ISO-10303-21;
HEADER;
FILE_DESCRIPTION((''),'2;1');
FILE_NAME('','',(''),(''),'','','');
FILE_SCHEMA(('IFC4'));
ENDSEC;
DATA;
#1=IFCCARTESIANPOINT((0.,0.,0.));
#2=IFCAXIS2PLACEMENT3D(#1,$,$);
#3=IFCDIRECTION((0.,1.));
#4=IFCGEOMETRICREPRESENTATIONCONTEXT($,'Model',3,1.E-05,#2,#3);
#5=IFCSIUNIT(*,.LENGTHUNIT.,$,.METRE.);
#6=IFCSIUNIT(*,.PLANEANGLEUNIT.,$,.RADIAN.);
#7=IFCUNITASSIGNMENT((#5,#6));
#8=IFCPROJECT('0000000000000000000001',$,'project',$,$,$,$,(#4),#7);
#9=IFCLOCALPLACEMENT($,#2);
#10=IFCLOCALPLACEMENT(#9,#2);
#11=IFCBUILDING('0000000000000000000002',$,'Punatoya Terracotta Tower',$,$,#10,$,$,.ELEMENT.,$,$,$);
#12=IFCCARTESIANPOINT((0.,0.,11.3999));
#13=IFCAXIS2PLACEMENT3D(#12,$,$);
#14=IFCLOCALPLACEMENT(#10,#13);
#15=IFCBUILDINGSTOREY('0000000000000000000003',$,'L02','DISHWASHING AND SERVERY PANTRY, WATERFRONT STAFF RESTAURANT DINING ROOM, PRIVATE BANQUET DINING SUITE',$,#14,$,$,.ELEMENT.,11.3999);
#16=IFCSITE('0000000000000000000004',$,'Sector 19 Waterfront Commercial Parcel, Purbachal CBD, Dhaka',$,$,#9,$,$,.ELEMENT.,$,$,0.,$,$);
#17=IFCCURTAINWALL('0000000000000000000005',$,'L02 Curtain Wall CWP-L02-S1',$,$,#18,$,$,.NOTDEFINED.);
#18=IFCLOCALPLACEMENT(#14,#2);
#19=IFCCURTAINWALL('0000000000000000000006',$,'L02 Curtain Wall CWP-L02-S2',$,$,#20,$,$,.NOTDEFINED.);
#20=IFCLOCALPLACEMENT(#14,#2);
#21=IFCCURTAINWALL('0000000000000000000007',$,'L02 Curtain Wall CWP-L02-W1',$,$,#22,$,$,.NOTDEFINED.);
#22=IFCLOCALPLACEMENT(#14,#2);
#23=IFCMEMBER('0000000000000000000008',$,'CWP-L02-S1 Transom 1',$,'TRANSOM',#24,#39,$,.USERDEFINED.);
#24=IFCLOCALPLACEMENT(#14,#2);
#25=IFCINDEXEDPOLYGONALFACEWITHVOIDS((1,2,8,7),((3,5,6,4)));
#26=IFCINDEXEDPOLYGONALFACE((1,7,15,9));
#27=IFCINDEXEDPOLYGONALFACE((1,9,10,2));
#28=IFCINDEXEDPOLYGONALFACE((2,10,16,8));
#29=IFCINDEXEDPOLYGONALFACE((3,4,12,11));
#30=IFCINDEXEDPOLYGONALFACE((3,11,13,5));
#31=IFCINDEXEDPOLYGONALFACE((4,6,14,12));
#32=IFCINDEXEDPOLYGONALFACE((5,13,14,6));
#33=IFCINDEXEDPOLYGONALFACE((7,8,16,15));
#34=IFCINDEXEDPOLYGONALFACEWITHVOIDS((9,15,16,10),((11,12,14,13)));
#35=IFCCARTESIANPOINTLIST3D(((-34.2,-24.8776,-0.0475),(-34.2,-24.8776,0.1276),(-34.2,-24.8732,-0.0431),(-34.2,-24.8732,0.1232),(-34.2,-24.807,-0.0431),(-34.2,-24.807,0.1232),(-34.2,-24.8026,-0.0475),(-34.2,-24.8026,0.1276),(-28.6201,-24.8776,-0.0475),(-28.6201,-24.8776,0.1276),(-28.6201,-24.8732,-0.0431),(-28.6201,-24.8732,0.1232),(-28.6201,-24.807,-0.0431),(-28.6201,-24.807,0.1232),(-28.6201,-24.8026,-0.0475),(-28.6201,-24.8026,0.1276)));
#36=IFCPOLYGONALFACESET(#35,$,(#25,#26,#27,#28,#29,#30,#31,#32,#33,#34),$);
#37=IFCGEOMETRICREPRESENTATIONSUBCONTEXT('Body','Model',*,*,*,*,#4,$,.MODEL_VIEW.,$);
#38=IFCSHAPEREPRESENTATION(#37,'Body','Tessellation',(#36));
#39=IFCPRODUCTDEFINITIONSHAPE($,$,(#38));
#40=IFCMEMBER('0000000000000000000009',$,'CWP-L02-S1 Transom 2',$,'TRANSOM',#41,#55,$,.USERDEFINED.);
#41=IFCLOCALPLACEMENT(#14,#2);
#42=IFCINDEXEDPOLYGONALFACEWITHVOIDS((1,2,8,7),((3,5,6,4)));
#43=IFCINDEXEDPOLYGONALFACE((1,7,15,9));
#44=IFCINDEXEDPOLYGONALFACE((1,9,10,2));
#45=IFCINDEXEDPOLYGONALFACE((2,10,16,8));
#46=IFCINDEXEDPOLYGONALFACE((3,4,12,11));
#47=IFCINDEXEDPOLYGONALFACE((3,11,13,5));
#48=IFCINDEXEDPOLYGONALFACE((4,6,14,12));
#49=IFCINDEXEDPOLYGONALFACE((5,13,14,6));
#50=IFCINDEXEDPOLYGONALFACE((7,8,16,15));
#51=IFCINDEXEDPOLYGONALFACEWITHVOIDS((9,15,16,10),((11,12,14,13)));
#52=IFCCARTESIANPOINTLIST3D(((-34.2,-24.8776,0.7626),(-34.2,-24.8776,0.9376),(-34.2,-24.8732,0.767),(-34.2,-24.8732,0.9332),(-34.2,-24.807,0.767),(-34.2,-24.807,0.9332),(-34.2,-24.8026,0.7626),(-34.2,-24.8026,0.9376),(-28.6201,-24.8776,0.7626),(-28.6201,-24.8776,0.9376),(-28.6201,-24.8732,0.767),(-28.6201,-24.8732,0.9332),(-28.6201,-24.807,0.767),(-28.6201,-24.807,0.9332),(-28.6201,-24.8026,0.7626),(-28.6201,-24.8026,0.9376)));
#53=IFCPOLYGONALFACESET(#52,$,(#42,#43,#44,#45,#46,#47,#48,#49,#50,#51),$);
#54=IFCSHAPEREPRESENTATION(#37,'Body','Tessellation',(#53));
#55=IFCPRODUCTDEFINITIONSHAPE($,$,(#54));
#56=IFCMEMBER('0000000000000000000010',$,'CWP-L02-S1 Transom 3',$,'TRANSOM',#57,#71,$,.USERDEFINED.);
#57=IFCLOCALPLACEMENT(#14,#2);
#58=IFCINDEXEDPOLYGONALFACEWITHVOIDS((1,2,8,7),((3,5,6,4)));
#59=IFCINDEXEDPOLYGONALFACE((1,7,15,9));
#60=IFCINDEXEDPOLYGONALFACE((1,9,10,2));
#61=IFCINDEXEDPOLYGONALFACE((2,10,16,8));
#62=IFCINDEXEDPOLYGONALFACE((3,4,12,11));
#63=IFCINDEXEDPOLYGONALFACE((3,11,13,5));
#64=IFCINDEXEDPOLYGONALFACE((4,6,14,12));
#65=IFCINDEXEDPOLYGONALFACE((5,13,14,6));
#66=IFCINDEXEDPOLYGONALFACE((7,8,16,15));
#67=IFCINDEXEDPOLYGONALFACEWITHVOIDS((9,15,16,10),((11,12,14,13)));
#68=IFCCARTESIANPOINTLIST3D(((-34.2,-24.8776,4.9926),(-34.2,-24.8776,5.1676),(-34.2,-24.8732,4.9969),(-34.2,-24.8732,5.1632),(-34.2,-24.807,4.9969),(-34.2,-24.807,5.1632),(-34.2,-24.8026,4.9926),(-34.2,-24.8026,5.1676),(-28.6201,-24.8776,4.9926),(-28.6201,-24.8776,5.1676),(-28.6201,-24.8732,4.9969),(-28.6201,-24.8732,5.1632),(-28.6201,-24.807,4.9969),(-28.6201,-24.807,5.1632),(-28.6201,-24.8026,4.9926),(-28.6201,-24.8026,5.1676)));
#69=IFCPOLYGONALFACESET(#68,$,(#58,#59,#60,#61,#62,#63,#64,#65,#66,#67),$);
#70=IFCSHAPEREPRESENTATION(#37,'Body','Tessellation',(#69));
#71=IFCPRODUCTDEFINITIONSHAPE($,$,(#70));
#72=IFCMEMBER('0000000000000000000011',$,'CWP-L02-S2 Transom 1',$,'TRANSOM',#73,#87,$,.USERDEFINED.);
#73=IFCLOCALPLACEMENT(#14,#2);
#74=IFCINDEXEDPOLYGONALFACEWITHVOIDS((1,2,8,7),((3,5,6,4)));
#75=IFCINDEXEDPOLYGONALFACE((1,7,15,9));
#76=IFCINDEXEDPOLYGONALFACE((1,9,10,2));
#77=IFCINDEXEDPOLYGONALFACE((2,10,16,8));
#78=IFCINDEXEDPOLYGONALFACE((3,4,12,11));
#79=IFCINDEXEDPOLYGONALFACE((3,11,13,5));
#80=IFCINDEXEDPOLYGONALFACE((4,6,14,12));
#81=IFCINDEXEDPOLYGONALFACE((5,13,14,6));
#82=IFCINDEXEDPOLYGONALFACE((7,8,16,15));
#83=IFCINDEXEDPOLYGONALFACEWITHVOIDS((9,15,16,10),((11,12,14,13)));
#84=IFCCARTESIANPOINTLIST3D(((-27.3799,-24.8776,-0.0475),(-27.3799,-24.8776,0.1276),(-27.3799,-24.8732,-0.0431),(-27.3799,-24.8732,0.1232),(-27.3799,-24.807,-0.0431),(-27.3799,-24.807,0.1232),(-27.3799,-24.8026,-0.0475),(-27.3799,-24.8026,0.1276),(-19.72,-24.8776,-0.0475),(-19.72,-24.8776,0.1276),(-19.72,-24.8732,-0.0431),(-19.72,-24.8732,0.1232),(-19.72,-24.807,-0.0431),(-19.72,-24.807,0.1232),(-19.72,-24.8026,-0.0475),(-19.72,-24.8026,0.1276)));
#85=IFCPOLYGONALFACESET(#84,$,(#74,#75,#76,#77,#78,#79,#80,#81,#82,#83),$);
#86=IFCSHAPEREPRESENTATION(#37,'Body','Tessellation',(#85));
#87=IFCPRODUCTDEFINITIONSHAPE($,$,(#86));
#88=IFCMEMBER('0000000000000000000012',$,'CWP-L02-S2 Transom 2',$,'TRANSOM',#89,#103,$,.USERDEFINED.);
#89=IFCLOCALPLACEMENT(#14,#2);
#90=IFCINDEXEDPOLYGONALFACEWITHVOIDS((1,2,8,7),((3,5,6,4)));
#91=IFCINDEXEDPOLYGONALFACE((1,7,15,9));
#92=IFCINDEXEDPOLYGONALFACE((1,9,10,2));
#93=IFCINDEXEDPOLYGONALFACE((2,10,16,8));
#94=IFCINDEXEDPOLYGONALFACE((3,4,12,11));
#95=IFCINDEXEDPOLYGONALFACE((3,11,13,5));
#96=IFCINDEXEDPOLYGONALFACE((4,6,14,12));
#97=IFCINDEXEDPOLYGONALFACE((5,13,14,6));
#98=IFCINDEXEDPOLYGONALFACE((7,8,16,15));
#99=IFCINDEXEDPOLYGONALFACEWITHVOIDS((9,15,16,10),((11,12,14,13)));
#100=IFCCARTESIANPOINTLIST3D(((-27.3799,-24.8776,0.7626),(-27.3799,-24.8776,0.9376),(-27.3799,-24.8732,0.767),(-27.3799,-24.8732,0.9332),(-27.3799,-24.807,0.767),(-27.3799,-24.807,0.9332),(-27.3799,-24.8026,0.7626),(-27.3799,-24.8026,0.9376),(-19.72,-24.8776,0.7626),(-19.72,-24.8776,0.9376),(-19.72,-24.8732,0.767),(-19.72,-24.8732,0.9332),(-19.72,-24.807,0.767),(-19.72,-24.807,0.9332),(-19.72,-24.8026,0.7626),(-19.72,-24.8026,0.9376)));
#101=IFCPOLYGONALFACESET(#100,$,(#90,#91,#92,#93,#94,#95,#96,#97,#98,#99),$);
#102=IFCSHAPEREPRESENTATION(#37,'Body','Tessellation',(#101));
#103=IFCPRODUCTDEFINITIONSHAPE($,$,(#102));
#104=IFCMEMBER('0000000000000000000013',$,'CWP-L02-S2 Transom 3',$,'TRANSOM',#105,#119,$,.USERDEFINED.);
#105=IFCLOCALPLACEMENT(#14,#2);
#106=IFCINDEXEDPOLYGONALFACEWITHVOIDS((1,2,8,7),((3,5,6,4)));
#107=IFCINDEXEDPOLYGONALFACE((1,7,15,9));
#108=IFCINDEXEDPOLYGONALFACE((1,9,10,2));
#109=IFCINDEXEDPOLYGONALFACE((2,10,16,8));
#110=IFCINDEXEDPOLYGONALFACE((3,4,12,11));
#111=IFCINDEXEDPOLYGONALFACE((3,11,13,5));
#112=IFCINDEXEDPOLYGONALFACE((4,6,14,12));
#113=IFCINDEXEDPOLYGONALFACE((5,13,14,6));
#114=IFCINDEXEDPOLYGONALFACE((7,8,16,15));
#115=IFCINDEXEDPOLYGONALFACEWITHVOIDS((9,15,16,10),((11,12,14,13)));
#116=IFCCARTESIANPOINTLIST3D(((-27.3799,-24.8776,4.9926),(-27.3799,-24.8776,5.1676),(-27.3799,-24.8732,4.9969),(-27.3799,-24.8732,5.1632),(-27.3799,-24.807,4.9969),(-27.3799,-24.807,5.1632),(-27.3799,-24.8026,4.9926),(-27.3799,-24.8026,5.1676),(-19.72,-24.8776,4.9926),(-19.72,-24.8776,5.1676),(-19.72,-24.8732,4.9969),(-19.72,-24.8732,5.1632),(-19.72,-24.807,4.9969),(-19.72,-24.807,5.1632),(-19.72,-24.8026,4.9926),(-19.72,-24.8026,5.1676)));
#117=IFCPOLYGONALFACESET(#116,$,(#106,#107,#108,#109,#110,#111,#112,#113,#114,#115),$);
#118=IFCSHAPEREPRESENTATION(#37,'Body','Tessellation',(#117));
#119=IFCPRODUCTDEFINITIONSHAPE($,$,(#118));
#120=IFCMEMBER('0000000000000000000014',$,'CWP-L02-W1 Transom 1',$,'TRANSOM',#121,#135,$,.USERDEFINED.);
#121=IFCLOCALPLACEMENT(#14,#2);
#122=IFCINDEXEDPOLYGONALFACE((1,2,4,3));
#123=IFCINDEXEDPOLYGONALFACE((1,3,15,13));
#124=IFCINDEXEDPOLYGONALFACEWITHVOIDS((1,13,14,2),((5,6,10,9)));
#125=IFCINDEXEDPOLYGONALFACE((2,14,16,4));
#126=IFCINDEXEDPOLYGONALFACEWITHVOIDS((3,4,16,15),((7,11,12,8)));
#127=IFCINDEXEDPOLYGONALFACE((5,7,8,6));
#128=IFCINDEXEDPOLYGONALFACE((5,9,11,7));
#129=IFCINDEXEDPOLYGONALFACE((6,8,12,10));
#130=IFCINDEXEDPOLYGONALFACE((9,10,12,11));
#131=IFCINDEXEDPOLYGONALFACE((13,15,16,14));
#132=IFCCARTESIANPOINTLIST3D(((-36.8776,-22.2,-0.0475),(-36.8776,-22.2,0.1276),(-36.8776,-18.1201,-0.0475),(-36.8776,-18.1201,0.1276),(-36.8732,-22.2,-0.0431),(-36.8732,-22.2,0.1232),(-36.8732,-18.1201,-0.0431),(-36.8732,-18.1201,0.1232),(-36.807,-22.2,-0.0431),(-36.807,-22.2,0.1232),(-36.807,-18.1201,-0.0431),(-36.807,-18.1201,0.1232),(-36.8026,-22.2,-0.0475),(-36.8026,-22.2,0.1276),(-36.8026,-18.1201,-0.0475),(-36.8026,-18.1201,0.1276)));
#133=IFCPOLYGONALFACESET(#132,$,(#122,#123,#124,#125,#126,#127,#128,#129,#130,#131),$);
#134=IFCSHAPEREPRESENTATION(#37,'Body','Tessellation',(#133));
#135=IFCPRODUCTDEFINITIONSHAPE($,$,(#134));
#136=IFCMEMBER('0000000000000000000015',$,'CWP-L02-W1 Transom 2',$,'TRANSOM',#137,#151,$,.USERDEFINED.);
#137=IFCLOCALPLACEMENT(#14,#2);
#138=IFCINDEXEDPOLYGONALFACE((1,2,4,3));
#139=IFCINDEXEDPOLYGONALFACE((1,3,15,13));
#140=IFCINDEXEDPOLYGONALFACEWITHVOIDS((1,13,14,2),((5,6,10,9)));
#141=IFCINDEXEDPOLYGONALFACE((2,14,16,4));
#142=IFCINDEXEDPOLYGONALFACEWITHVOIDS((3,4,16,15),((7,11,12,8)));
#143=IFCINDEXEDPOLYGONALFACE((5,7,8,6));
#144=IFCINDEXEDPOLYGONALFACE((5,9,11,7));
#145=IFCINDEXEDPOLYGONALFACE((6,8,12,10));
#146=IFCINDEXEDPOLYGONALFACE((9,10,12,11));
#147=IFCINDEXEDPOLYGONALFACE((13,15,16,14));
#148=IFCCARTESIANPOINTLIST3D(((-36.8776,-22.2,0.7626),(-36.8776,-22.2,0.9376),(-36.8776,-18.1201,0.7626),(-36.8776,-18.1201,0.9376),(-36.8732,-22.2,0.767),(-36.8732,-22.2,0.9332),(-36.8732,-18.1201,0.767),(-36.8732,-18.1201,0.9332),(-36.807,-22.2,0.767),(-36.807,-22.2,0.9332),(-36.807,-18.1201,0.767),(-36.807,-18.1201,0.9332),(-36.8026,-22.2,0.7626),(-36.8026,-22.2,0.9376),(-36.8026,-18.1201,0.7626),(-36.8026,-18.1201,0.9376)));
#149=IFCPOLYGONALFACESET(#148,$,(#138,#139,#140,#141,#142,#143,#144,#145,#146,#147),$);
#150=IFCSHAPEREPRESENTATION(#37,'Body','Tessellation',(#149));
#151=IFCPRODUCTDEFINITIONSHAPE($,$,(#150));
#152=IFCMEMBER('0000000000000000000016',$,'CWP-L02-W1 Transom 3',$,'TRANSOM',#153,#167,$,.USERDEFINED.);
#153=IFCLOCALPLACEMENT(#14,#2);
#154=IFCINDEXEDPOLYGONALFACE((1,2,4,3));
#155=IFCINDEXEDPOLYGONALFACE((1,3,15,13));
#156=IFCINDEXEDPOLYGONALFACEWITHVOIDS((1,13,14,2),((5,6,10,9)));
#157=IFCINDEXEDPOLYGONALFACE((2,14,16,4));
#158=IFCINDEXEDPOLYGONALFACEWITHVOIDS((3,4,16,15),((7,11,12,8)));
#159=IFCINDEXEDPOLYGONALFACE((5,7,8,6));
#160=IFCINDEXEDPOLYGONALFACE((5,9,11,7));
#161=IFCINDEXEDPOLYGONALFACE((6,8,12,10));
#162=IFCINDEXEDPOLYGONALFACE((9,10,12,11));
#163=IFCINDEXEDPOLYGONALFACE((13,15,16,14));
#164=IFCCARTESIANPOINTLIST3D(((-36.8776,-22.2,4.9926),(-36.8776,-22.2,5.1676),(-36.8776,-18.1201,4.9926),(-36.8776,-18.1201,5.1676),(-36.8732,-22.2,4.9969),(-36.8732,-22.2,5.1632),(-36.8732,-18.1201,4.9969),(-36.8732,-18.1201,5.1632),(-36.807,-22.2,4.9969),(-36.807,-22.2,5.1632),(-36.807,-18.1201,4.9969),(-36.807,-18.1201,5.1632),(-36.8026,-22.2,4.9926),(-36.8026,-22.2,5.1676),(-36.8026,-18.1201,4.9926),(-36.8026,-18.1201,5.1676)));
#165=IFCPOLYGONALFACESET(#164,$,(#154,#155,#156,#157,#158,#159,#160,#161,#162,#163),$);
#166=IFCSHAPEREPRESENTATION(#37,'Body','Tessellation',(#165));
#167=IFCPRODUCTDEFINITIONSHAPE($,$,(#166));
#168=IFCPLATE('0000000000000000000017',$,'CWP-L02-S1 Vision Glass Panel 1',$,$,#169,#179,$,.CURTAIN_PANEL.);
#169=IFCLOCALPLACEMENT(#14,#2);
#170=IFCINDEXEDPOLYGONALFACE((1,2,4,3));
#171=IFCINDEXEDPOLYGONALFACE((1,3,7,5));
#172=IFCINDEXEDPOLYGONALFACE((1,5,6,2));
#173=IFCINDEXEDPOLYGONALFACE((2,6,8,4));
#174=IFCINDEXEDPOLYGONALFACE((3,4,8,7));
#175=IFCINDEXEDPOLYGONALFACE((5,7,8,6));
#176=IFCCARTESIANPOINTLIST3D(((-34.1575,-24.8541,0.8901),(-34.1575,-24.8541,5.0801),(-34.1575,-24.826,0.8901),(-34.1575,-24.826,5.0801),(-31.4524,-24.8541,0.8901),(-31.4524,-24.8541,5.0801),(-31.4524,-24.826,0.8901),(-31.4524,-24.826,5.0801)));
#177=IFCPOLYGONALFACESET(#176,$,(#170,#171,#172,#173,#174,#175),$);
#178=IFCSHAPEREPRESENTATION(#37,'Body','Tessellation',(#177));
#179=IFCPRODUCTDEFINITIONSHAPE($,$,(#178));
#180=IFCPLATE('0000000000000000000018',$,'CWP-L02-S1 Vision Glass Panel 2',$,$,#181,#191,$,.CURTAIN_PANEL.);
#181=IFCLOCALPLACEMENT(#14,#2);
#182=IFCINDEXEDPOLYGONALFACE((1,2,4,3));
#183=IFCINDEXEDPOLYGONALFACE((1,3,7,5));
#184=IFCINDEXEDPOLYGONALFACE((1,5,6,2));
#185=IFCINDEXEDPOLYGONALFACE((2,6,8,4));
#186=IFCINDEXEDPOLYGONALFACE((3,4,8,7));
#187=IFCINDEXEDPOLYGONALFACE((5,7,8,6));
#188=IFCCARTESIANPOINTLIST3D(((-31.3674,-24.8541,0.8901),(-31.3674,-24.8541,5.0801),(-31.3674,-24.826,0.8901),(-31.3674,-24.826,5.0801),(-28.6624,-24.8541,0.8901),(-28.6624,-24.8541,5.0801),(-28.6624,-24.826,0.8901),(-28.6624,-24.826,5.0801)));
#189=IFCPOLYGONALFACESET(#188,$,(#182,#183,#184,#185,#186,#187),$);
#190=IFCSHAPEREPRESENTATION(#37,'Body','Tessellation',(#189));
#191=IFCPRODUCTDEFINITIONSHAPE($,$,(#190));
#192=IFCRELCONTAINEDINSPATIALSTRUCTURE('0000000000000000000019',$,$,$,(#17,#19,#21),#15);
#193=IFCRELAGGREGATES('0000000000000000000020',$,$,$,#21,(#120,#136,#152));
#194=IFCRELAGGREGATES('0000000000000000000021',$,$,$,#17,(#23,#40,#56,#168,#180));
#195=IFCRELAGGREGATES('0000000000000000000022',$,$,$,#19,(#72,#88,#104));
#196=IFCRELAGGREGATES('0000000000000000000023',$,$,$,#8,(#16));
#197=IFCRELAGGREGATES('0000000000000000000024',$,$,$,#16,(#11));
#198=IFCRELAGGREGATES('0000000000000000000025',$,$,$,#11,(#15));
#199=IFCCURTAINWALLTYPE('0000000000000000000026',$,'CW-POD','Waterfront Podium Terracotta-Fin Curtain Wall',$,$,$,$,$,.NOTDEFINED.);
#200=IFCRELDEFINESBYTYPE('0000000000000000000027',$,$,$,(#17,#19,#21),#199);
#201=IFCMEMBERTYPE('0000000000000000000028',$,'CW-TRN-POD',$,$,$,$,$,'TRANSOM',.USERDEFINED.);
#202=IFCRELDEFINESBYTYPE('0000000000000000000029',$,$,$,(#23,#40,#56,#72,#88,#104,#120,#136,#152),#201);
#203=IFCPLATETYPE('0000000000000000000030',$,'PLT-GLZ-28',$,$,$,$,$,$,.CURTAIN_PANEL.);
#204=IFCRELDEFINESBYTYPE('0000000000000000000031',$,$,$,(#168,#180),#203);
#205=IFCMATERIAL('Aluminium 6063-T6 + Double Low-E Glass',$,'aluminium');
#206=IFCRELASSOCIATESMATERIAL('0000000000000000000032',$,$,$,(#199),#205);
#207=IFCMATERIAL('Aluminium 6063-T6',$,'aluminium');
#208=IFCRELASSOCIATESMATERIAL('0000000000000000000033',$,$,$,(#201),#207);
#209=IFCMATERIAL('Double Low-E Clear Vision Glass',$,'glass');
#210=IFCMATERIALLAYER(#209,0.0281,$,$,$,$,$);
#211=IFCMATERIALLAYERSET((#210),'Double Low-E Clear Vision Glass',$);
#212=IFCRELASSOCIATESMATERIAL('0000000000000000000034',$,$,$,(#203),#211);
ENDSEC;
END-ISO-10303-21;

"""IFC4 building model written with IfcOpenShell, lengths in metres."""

from ifc_helpers import new_model, si_unit, direction, frame, origin, origin_2d, place, context, subcontext, project, spatial, rectangle, hollow_rectangle, extrude, material, layer, layer_set, material_profile, profile_set, type_object, element, aggregate, save


model = new_model("IFC4")

# Units and contexts
model_context = context("Model", 3, precision=1e-05, world=origin(), true_north=direction((0.0, 1.0)))
body_context = subcontext(model_context, "Body", "Model", "MODEL_VIEW")
ifc_project = project(units=[si_unit("LENGTHUNIT", "METRE"), si_unit("PLANEANGLEUNIT", "RADIAN")], contexts=[model_context])

# Site, building, storey
site_placement = place(None, origin())
site = spatial("IfcSite", under=ifc_project, at=site_placement, Name="Sector 19 Waterfront Commercial Parcel, Purbachal CBD, Dhaka", CompositionType="ELEMENT", RefElevation=0.0)
building_placement = place(site_placement, origin())
building = spatial("IfcBuilding", under=site, at=building_placement, Name="Punatoya Terracotta Tower", CompositionType="ELEMENT")
storey_placement = place(building_placement, frame((0.0, 0.0, 11.3999)))
storey = spatial("IfcBuildingStorey", under=building, at=storey_placement, Name="L02", Description="DISHWASHING AND SERVERY PANTRY, WATERFRONT STAFF RESTAURANT DINING ROOM, PRIVATE BANQUET DINING SUITE", CompositionType="ELEMENT", Elevation=11.3999)

# Curtain walls
ifc_material_1 = material(Name="Aluminium 6063-T6 + Double Low-E Glass", Category="aluminium")
curtain_wall_type = type_object("IfcCurtainWallType", Name="CW-POD", Description="Waterfront Podium Terracotta-Fin Curtain Wall", PredefinedType="NOTDEFINED", material=ifc_material_1)
curtain_wall_1_placement = place(storey_placement, origin())
curtain_wall_1 = element("IfcCurtainWall", 1, at=curtain_wall_1_placement, inside=storey, type_object=curtain_wall_type, Name="L02 Curtain Wall CWP-L02-S1", PredefinedType="NOTDEFINED")
ifc_material_2 = material(Name="Aluminium 6063-T6", Category="aluminium")
curtain_wall_2_placement = place(storey_placement, origin())
curtain_wall_2 = element("IfcCurtainWall", 2, at=curtain_wall_2_placement, inside=storey, type_object=curtain_wall_type, Name="L02 Curtain Wall CWP-L02-S2", PredefinedType="NOTDEFINED")

# Curtain wall
curtain_wall_3_placement = place(storey_placement, origin())
curtain_wall_3 = element("IfcCurtainWall", 3, at=curtain_wall_3_placement, inside=storey, type_object=curtain_wall_type, Name="L02 Curtain Wall CWP-L02-W1", PredefinedType="NOTDEFINED")

# Members
ifc_material_profile_1 = material_profile(ifc_material_2, hollow_rectangle(XDim=0.075, YDim=0.175, WallThickness=0.0044, at=origin_2d()))
ifc_profile_set_1 = profile_set([ifc_material_profile_1], Name="Aluminium 6063-T6")
member_type_1 = type_object("IfcMemberType", Name="CW-TRN-POD", ElementType="TRANSOM", PredefinedType="USERDEFINED", material=ifc_profile_set_1)
member_1_placement = place(storey_placement, frame((-34.2, -24.8401, 0.04), z_axis=(1.0, 0.0, 0.0), x_axis=(0.0, 1.0, 0.0)))
member_1 = element("IfcMember", 4, at=member_1_placement, type_object=member_type_1, Name="CWP-L02-S1 Transom 1", ObjectType="TRANSOM", PredefinedType="USERDEFINED", context=body_context, shape_type="SweptSolid", body=[
    extrude(hollow_rectangle(XDim=0.075, YDim=0.175, WallThickness=0.0044, at=origin_2d()), origin(), (0.0, 0.0, 1.0), 5.5798),
])
member_2_placement = place(storey_placement, frame((-34.2, -24.8401, 0.8501), z_axis=(1.0, 0.0, 0.0), x_axis=(0.0, 1.0, 0.0)))
member_2 = element("IfcMember", 5, at=member_2_placement, type_object=member_type_1, Name="CWP-L02-S1 Transom 2", ObjectType="TRANSOM", PredefinedType="USERDEFINED", context=body_context, shape_type="SweptSolid", body=[
    extrude(hollow_rectangle(XDim=0.075, YDim=0.175, WallThickness=0.0044, at=origin_2d()), origin(), (0.0, 0.0, 1.0), 5.5798),
])
member_3_placement = place(storey_placement, frame((-34.2, -24.8401, 5.0801), z_axis=(1.0, 0.0, 0.0), x_axis=(0.0, 1.0, 0.0)))
member_3 = element("IfcMember", 6, at=member_3_placement, type_object=member_type_1, Name="CWP-L02-S1 Transom 3", ObjectType="TRANSOM", PredefinedType="USERDEFINED", context=body_context, shape_type="SweptSolid", body=[
    extrude(hollow_rectangle(XDim=0.075, YDim=0.175, WallThickness=0.0044, at=origin_2d()), origin(), (0.0, 0.0, 1.0), 5.5798),
])
member_4_placement = place(storey_placement, frame((-27.3799, -24.8401, 0.04), z_axis=(1.0, 0.0, 0.0), x_axis=(0.0, 1.0, 0.0)))
member_4 = element("IfcMember", 7, at=member_4_placement, type_object=member_type_1, Name="CWP-L02-S2 Transom 1", ObjectType="TRANSOM", PredefinedType="USERDEFINED", context=body_context, shape_type="SweptSolid", body=[
    extrude(hollow_rectangle(XDim=0.075, YDim=0.175, WallThickness=0.0044, at=origin_2d()), origin(), (0.0, 0.0, 1.0), 7.6599),
])
member_5_placement = place(storey_placement, frame((-27.3799, -24.8401, 0.8501), z_axis=(1.0, 0.0, 0.0), x_axis=(0.0, 1.0, 0.0)))
member_5 = element("IfcMember", 8, at=member_5_placement, type_object=member_type_1, Name="CWP-L02-S2 Transom 2", ObjectType="TRANSOM", PredefinedType="USERDEFINED", context=body_context, shape_type="SweptSolid", body=[
    extrude(hollow_rectangle(XDim=0.075, YDim=0.175, WallThickness=0.0044, at=origin_2d()), origin(), (0.0, 0.0, 1.0), 7.6599),
])
member_6_placement = place(storey_placement, frame((-27.3799, -24.8401, 5.0801), z_axis=(1.0, 0.0, 0.0), x_axis=(0.0, 1.0, 0.0)))
member_6 = element("IfcMember", 9, at=member_6_placement, type_object=member_type_1, Name="CWP-L02-S2 Transom 3", ObjectType="TRANSOM", PredefinedType="USERDEFINED", context=body_context, shape_type="SweptSolid", body=[
    extrude(hollow_rectangle(XDim=0.075, YDim=0.175, WallThickness=0.0044, at=origin_2d()), origin(), (0.0, 0.0, 1.0), 7.6599),
])
member_7_placement = place(storey_placement, frame((-36.8401, -22.2, 0.04), z_axis=(0.0, 1.0, 0.0), x_axis=(-1.0, 0.0, 0.0)))
member_7 = element("IfcMember", 10, at=member_7_placement, type_object=member_type_1, Name="CWP-L02-W1 Transom 1", ObjectType="TRANSOM", PredefinedType="USERDEFINED", context=body_context, shape_type="SweptSolid", body=[
    extrude(hollow_rectangle(XDim=0.075, YDim=0.175, WallThickness=0.0044, at=origin_2d()), origin(), (0.0, 0.0, 1.0), 4.0798),
])
member_8_placement = place(storey_placement, frame((-36.8401, -22.2, 0.8501), z_axis=(0.0, 1.0, 0.0), x_axis=(-1.0, 0.0, 0.0)))
member_8 = element("IfcMember", 11, at=member_8_placement, type_object=member_type_1, Name="CWP-L02-W1 Transom 2", ObjectType="TRANSOM", PredefinedType="USERDEFINED", context=body_context, shape_type="SweptSolid", body=[
    extrude(hollow_rectangle(XDim=0.075, YDim=0.175, WallThickness=0.0044, at=origin_2d()), origin(), (0.0, 0.0, 1.0), 4.0798),
])
member_9_placement = place(storey_placement, frame((-36.8401, -22.2, 5.0801), z_axis=(0.0, 1.0, 0.0), x_axis=(-1.0, 0.0, 0.0)))
member_9 = element("IfcMember", 12, at=member_9_placement, type_object=member_type_1, Name="CWP-L02-W1 Transom 3", ObjectType="TRANSOM", PredefinedType="USERDEFINED", context=body_context, shape_type="SweptSolid", body=[
    extrude(hollow_rectangle(XDim=0.075, YDim=0.175, WallThickness=0.0044, at=origin_2d()), origin(), (0.0, 0.0, 1.0), 4.0798),
])
aggregate(curtain_wall_3, [member_7, member_8, member_9])

# Plates
ifc_material_3 = material(Name="Double Low-E Clear Vision Glass", Category="glass")
ifc_layer_1 = layer(ifc_material_3, 0.0281)
ifc_layer_set_1 = layer_set([ifc_layer_1], Name="Double Low-E Clear Vision Glass")
plate_type_1 = type_object("IfcPlateType", Name="PLT-GLZ-28", PredefinedType="CURTAIN_PANEL", material=ifc_layer_set_1)
plate_1_placement = place(storey_placement, frame((-32.8049, -24.8401, 0.8901), z_axis=(0.0, 0.0, 1.0), x_axis=(1.0, 0.0, 0.0)))
plate_1 = element("IfcPlate", 13, at=plate_1_placement, type_object=plate_type_1, Name="CWP-L02-S1 Vision Glass Panel 1", PredefinedType="CURTAIN_PANEL", context=body_context, shape_type="SweptSolid", body=[
    extrude(rectangle(XDim=2.7051, YDim=0.0281, at=origin_2d()), origin(), (0.0, 0.0, 1.0), 4.1899),
])
plate_2_placement = place(storey_placement, frame((-30.0149, -24.8401, 0.8901), z_axis=(0.0, 0.0, 1.0), x_axis=(1.0, 0.0, 0.0)))
plate_2 = element("IfcPlate", 14, at=plate_2_placement, type_object=plate_type_1, Name="CWP-L02-S1 Vision Glass Panel 2", PredefinedType="CURTAIN_PANEL", context=body_context, shape_type="SweptSolid", body=[
    extrude(rectangle(XDim=2.7051, YDim=0.0281, at=origin_2d()), origin(), (0.0, 0.0, 1.0), 4.1899),
])
aggregate(curtain_wall_1, [member_1, member_2, member_3, plate_1, plate_2])
aggregate(curtain_wall_2, [member_4, member_5, member_6])

save(model, "model.ifc")
